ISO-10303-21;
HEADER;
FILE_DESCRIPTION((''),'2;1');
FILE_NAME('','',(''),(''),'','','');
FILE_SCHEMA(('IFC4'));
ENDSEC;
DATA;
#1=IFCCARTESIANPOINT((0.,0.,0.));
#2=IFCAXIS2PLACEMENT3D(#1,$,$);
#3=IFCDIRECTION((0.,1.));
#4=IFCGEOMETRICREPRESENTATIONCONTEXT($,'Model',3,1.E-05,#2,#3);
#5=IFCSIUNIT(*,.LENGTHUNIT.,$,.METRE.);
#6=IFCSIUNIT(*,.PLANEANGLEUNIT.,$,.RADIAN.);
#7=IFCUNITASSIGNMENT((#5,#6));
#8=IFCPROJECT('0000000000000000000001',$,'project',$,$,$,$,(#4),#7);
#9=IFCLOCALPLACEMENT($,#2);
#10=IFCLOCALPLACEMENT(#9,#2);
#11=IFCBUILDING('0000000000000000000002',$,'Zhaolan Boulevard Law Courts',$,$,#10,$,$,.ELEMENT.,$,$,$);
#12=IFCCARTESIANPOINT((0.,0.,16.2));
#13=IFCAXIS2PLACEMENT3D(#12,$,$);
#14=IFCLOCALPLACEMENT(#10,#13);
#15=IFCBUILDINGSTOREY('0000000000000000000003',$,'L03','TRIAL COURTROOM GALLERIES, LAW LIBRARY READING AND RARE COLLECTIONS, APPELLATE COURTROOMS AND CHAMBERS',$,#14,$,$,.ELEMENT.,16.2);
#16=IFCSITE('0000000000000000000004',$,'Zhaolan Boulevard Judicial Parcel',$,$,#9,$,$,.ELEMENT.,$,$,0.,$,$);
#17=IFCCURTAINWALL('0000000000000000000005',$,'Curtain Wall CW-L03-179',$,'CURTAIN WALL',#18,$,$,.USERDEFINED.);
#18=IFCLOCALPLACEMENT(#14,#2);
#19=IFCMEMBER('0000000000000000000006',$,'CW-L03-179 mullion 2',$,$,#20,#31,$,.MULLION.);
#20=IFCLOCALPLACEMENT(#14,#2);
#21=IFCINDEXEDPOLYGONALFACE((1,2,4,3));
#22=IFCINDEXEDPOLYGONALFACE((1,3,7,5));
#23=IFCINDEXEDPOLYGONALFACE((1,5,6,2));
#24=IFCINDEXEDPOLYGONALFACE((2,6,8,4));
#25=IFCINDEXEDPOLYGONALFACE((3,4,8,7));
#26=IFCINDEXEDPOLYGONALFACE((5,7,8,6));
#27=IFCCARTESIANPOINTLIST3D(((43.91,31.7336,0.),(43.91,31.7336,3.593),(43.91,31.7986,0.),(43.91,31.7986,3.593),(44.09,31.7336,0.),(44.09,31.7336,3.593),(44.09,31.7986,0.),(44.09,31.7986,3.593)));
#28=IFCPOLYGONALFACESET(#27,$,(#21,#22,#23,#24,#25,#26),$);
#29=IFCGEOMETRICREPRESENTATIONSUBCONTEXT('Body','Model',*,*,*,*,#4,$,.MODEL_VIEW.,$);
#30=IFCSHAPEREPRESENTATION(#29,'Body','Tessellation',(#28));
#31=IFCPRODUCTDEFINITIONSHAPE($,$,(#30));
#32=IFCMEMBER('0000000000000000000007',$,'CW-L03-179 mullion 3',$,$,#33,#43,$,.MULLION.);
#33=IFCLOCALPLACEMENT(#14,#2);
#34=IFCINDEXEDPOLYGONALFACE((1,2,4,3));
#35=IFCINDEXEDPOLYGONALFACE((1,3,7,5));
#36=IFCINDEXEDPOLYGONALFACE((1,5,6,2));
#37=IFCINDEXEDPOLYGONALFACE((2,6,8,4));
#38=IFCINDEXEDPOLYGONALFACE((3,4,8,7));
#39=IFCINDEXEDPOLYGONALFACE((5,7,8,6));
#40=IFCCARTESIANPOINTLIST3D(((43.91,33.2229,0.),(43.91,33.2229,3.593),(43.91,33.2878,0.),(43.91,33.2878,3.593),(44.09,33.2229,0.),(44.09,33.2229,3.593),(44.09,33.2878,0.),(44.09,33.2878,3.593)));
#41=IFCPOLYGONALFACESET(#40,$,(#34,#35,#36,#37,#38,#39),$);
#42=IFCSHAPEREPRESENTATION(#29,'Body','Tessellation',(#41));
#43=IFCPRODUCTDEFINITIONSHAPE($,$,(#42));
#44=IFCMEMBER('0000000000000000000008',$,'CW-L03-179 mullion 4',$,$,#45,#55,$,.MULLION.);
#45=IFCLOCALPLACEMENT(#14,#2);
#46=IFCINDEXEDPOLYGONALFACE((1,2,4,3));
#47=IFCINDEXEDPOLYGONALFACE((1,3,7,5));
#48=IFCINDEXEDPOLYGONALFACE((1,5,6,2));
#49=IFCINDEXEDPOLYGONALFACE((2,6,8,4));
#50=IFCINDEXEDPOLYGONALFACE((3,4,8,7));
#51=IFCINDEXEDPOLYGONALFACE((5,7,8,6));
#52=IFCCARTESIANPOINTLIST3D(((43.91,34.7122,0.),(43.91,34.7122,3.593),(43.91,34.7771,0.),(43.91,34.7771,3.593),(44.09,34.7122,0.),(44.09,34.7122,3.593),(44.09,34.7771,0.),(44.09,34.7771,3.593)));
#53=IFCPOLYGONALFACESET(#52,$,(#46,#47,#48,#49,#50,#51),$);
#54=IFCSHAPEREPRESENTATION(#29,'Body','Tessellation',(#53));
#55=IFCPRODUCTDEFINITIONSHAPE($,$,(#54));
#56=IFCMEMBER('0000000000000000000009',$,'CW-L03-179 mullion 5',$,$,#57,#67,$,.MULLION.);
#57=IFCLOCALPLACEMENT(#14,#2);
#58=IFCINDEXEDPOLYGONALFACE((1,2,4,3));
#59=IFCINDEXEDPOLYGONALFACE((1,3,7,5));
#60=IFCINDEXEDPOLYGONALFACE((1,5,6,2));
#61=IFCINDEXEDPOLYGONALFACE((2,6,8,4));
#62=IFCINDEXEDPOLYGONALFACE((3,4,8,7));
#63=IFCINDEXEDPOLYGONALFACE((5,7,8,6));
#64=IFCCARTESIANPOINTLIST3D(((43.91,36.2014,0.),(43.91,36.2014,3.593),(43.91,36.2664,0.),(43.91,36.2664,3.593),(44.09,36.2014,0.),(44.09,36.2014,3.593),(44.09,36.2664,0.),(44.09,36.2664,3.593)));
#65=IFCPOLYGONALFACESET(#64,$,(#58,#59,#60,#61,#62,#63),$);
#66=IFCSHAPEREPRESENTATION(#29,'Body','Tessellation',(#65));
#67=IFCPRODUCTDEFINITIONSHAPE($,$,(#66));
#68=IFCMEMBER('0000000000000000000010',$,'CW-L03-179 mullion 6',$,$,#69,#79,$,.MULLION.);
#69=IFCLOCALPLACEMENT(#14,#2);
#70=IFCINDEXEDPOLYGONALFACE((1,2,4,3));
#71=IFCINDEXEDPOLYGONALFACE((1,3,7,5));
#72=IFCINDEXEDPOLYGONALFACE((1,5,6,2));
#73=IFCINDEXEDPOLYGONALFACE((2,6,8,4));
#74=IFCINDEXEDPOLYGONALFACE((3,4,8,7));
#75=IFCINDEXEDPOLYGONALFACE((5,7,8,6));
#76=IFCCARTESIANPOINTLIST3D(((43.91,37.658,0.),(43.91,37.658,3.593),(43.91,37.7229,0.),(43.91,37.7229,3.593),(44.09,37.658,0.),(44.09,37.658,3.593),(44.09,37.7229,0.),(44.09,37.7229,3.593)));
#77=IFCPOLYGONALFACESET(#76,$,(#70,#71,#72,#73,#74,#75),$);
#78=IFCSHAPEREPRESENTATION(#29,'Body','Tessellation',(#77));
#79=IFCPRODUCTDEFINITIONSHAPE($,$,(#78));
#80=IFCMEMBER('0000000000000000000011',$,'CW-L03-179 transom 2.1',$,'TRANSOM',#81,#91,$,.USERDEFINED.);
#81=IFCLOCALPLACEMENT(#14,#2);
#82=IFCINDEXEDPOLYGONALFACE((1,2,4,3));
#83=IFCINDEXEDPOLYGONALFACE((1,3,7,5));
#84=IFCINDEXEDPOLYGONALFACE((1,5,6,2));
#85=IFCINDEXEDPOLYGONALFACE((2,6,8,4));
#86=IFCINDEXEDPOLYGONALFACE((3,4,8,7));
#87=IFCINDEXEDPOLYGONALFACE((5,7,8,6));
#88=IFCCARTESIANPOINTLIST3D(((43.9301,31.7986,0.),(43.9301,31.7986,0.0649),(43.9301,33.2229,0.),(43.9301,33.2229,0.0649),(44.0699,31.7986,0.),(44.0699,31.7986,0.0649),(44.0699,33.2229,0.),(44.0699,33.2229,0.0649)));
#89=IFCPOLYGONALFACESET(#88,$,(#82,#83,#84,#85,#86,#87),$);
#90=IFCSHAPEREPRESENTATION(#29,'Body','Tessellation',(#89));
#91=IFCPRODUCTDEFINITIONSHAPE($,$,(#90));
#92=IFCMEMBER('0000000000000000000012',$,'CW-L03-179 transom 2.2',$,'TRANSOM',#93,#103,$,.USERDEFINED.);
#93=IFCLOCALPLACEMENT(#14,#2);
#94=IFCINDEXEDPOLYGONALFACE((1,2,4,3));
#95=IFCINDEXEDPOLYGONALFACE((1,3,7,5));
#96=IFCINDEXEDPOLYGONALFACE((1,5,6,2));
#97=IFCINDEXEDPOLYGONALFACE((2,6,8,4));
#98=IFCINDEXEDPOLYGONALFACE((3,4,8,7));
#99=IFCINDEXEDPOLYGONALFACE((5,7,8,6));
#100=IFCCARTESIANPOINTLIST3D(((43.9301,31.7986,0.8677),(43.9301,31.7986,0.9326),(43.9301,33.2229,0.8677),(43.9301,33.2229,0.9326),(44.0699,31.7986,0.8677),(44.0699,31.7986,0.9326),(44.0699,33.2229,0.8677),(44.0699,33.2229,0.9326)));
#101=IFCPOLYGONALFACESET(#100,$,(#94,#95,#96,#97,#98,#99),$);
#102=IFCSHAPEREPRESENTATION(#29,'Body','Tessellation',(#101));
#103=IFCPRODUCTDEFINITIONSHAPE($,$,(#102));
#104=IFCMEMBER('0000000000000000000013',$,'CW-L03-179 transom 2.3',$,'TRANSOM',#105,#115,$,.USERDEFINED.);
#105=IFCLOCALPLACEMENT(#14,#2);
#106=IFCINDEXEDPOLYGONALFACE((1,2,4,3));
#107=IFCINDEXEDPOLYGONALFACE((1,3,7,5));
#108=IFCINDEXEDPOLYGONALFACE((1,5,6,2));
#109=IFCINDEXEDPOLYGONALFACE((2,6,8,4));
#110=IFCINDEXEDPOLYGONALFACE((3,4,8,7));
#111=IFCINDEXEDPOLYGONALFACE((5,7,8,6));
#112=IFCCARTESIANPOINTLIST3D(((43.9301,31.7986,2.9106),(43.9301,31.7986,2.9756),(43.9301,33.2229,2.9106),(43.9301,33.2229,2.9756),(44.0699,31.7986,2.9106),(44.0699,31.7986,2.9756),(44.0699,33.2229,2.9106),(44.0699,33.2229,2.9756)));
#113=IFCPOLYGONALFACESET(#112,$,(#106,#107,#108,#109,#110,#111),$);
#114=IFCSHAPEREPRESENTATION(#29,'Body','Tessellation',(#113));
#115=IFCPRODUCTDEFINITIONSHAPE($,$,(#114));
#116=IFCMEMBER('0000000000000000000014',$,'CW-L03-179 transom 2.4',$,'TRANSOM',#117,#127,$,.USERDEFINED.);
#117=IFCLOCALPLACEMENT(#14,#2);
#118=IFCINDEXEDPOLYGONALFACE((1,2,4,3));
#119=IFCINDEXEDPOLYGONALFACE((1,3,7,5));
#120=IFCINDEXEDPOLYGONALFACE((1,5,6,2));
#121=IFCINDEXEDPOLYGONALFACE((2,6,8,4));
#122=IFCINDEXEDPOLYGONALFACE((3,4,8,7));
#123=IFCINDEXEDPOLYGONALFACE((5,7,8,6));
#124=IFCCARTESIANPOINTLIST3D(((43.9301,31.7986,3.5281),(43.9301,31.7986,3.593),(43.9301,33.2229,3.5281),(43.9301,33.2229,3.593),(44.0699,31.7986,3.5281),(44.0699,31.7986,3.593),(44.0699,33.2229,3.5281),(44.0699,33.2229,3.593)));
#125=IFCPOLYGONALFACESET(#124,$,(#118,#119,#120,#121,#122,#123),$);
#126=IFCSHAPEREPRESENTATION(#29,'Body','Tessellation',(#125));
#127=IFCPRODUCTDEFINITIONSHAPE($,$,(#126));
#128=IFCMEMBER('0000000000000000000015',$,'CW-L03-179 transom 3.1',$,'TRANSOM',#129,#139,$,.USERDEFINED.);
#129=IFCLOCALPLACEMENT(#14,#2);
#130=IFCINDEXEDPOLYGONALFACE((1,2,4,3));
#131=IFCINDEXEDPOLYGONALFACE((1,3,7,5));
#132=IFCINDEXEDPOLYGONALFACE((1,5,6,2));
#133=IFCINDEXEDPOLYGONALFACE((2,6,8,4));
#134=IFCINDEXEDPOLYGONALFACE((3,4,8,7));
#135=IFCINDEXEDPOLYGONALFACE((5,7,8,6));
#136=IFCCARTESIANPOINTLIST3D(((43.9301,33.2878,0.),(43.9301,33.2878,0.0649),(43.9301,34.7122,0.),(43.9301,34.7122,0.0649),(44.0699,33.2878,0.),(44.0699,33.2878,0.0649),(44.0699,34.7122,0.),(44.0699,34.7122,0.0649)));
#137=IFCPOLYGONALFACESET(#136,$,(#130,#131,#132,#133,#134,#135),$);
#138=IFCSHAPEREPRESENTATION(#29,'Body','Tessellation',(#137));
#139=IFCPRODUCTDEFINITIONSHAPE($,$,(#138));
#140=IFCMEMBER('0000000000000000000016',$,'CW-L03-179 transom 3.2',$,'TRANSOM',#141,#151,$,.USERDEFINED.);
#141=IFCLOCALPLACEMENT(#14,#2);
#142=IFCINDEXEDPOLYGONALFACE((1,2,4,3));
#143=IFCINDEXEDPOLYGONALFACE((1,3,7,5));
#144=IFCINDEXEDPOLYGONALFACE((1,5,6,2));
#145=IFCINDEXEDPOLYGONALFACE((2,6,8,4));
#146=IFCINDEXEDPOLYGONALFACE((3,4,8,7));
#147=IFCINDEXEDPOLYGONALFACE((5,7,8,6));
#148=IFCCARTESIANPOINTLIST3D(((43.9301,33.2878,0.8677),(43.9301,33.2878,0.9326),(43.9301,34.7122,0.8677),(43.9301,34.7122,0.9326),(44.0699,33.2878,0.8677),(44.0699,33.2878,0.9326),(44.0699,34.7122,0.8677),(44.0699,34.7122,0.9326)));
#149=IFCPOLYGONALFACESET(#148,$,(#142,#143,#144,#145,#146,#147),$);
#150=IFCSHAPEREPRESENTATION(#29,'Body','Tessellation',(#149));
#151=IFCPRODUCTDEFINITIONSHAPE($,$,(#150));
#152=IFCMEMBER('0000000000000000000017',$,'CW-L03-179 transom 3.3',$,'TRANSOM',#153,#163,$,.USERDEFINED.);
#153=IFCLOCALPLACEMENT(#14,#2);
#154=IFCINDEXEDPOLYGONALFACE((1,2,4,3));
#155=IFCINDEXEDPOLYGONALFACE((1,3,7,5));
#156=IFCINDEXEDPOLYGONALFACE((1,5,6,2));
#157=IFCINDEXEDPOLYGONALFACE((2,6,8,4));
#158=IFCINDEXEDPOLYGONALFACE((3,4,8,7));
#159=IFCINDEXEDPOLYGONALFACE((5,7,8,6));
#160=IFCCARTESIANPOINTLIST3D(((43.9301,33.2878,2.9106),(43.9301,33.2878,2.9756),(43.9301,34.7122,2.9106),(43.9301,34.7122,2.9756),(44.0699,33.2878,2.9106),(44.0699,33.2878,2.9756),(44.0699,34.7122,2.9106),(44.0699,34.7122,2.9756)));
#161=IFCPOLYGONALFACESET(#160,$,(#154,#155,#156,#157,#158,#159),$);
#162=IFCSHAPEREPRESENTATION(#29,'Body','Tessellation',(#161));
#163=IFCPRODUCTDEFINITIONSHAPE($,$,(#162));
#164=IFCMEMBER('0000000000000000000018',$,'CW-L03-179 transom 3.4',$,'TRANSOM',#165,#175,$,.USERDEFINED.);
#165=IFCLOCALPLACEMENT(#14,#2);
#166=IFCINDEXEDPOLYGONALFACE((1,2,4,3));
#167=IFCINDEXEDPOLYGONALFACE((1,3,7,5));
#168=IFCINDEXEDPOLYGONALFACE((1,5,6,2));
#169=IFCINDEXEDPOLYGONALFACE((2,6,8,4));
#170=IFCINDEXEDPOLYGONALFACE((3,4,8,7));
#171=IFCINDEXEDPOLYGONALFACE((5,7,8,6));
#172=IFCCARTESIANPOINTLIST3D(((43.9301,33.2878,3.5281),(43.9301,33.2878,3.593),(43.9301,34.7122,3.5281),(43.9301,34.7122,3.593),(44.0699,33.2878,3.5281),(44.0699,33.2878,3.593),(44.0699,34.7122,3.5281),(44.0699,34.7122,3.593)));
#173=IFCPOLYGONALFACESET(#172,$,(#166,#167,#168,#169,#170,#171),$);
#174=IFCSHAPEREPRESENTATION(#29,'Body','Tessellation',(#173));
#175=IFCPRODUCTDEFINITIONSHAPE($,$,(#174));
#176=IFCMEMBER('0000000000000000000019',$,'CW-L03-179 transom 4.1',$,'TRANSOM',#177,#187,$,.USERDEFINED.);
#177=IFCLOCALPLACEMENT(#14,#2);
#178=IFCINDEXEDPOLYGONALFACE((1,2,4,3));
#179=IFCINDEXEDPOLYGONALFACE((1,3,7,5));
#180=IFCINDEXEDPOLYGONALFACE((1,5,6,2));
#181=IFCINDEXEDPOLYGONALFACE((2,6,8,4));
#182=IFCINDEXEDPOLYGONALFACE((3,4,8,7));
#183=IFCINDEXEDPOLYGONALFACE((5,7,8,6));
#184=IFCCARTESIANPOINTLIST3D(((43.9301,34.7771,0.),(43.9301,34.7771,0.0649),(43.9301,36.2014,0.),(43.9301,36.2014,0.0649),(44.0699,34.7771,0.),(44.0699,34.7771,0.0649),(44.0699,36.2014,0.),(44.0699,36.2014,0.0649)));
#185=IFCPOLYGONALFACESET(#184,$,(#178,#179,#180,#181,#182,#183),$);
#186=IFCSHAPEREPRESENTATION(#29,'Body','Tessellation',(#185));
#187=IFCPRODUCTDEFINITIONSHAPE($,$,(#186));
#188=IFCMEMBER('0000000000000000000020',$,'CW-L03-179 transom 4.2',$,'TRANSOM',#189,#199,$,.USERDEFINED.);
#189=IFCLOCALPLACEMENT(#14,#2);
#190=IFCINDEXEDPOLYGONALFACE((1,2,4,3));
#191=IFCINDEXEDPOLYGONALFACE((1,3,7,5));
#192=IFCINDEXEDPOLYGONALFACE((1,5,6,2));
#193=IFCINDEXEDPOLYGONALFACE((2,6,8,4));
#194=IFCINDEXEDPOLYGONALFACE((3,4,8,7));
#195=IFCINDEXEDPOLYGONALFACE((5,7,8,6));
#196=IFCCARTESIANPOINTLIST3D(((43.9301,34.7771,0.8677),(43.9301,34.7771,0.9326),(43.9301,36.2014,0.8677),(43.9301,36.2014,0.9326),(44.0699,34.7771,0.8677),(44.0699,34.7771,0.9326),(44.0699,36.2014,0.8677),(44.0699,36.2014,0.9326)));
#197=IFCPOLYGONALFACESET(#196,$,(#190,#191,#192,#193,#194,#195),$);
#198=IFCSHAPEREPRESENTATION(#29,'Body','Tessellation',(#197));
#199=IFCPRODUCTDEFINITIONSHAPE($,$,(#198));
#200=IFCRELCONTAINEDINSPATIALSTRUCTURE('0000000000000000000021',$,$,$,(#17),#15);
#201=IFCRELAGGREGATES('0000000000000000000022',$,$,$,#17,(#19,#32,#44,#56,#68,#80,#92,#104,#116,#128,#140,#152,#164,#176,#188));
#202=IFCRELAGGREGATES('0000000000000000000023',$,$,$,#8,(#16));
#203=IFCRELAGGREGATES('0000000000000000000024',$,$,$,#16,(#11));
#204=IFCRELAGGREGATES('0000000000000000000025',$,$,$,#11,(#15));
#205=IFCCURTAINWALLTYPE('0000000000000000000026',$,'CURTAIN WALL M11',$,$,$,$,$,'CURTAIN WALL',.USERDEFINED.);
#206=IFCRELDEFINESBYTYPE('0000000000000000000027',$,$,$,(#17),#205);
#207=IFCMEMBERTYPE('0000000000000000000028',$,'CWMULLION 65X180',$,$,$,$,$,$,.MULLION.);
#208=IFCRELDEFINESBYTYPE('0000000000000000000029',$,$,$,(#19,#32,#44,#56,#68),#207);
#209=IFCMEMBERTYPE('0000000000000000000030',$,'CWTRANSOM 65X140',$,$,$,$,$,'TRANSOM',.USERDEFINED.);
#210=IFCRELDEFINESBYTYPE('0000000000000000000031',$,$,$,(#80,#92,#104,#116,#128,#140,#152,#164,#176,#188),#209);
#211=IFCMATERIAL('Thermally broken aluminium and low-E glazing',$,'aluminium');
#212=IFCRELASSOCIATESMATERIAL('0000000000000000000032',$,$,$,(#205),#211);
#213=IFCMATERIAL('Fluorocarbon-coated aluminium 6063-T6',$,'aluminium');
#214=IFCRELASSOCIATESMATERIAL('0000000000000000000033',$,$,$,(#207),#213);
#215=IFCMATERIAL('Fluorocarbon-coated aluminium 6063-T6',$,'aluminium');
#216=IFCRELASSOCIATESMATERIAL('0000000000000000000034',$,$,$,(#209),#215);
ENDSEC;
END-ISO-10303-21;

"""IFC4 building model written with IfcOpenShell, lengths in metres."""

from ifc_helpers import new_model, si_unit, direction, frame, origin, origin_2d, place, context, subcontext, project, spatial, rectangle, extrude, material, material_profile, profile_set, type_object, element, aggregate, save


model = new_model("IFC4")

# Units and contexts
model_context = context("Model", 3, precision=1e-05, world=origin(), true_north=direction((0.0, 1.0)))
body_context = subcontext(model_context, "Body", "Model", "MODEL_VIEW")
ifc_project = project(units=[si_unit("LENGTHUNIT", "METRE"), si_unit("PLANEANGLEUNIT", "RADIAN")], contexts=[model_context])

# Site, building, storey
site_placement = place(None, origin())
site = spatial("IfcSite", under=ifc_project, at=site_placement, Name="Zhaolan Boulevard Judicial Parcel", CompositionType="ELEMENT", RefElevation=0.0)
building_placement = place(site_placement, origin())
building = spatial("IfcBuilding", under=site, at=building_placement, Name="Zhaolan Boulevard Law Courts", CompositionType="ELEMENT")
storey_placement = place(building_placement, frame((0.0, 0.0, 16.2)))
storey = spatial("IfcBuildingStorey", under=building, at=storey_placement, Name="L03", Description="TRIAL COURTROOM GALLERIES, LAW LIBRARY READING AND RARE COLLECTIONS, APPELLATE COURTROOMS AND CHAMBERS", CompositionType="ELEMENT", Elevation=16.2)

# Curtain wall, members
ifc_material_1 = material(Name="Thermally broken aluminium and low-E glazing", Category="aluminium")
curtain_wall_type = type_object("IfcCurtainWallType", Name="CURTAIN WALL M11", ElementType="CURTAIN WALL", PredefinedType="USERDEFINED", material=ifc_material_1)
curtain_wall_placement = place(storey_placement, origin())
curtain_wall = element("IfcCurtainWall", 1, at=curtain_wall_placement, inside=storey, type_object=curtain_wall_type, Name="Curtain Wall CW-L03-179", ObjectType="CURTAIN WALL", PredefinedType="USERDEFINED")
ifc_material_2 = material(Name="Fluorocarbon-coated aluminium 6063-T6", Category="aluminium")
ifc_material_profile_1 = material_profile(ifc_material_2, rectangle(XDim=0.1799, YDim=0.0649, at=origin_2d()), Name="AL65x180")
ifc_profile_set_1 = profile_set([ifc_material_profile_1], Name="Fluorocarbon-coated aluminium 6063-T6")
member_type_1 = type_object("IfcMemberType", Name="CWMULLION 65X180", PredefinedType="MULLION", material=ifc_profile_set_1)
member_1_placement = place(storey_placement, frame((44.0, 31.7661, 0.0), z_axis=(0.0, 0.0, 1.0), x_axis=(-1.0, 0.0, 0.0)))
member_1 = element("IfcMember", 2, at=member_1_placement, type_object=member_type_1, Name="CW-L03-179 mullion 2", PredefinedType="MULLION", context=body_context, shape_type="SweptSolid", body=[
    extrude(rectangle(XDim=0.1799, YDim=0.0649, at=origin_2d()), origin(), (0.0, 0.0, 1.0), 3.593),
])
member_2_placement = place(storey_placement, frame((44.0, 33.2554, 0.0), z_axis=(0.0, 0.0, 1.0), x_axis=(-1.0, 0.0, 0.0)))
member_2 = element("IfcMember", 3, at=member_2_placement, type_object=member_type_1, Name="CW-L03-179 mullion 3", PredefinedType="MULLION", context=body_context, shape_type="SweptSolid", body=[
    extrude(rectangle(XDim=0.1799, YDim=0.0649, at=origin_2d()), origin(), (0.0, 0.0, 1.0), 3.593),
])
member_3_placement = place(storey_placement, frame((44.0, 34.7446, 0.0), z_axis=(0.0, 0.0, 1.0), x_axis=(-1.0, 0.0, 0.0)))
member_3 = element("IfcMember", 4, at=member_3_placement, type_object=member_type_1, Name="CW-L03-179 mullion 4", PredefinedType="MULLION", context=body_context, shape_type="SweptSolid", body=[
    extrude(rectangle(XDim=0.1799, YDim=0.0649, at=origin_2d()), origin(), (0.0, 0.0, 1.0), 3.593),
])
member_4_placement = place(storey_placement, frame((44.0, 36.2339, 0.0), z_axis=(0.0, 0.0, 1.0), x_axis=(-1.0, 0.0, 0.0)))
member_4 = element("IfcMember", 5, at=member_4_placement, type_object=member_type_1, Name="CW-L03-179 mullion 5", PredefinedType="MULLION", context=body_context, shape_type="SweptSolid", body=[
    extrude(rectangle(XDim=0.1799, YDim=0.0649, at=origin_2d()), origin(), (0.0, 0.0, 1.0), 3.593),
])
member_5_placement = place(storey_placement, frame((44.0, 37.6904, 0.0), z_axis=(0.0, 0.0, 1.0), x_axis=(-1.0, 0.0, 0.0)))
member_5 = element("IfcMember", 6, at=member_5_placement, type_object=member_type_1, Name="CW-L03-179 mullion 6", PredefinedType="MULLION", context=body_context, shape_type="SweptSolid", body=[
    extrude(rectangle(XDim=0.1799, YDim=0.0649, at=origin_2d()), origin(), (0.0, 0.0, 1.0), 3.593),
])
ifc_material_3 = material(Name="Fluorocarbon-coated aluminium 6063-T6", Category="aluminium")
ifc_material_profile_2 = material_profile(ifc_material_3, rectangle(XDim=0.1399, YDim=0.0649, at=origin_2d()), Name="AL65x140")
ifc_profile_set_2 = profile_set([ifc_material_profile_2], Name="Fluorocarbon-coated aluminium 6063-T6")
member_type_2 = type_object("IfcMemberType", Name="CWTRANSOM 65X140", ElementType="TRANSOM", PredefinedType="USERDEFINED", material=ifc_profile_set_2)
member_6_placement = place(storey_placement, frame((44.0, 31.7986, 0.0325), z_axis=(0.0, 1.0, 0.0), x_axis=(-1.0, 0.0, 0.0)))
member_6 = element("IfcMember", 7, at=member_6_placement, type_object=member_type_2, Name="CW-L03-179 transom 2.1", ObjectType="TRANSOM", PredefinedType="USERDEFINED", context=body_context, shape_type="SweptSolid", body=[
    extrude(rectangle(XDim=0.1399, YDim=0.0649, at=origin_2d()), origin(), (0.0, 0.0, 1.0), 1.4243),
])
member_7_placement = place(storey_placement, frame((44.0, 31.7986, 0.9001), z_axis=(0.0, 1.0, 0.0), x_axis=(-1.0, 0.0, 0.0)))
member_7 = element("IfcMember", 8, at=member_7_placement, type_object=member_type_2, Name="CW-L03-179 transom 2.2", ObjectType="TRANSOM", PredefinedType="USERDEFINED", context=body_context, shape_type="SweptSolid", body=[
    extrude(rectangle(XDim=0.1399, YDim=0.0649, at=origin_2d()), origin(), (0.0, 0.0, 1.0), 1.4243),
])
member_8_placement = place(storey_placement, frame((44.0, 31.7986, 2.9431), z_axis=(0.0, 1.0, 0.0), x_axis=(-1.0, 0.0, 0.0)))
member_8 = element("IfcMember", 9, at=member_8_placement, type_object=member_type_2, Name="CW-L03-179 transom 2.3", ObjectType="TRANSOM", PredefinedType="USERDEFINED", context=body_context, shape_type="SweptSolid", body=[
    extrude(rectangle(XDim=0.1399, YDim=0.0649, at=origin_2d()), origin(), (0.0, 0.0, 1.0), 1.4243),
])
member_9_placement = place(storey_placement, frame((44.0, 31.7986, 3.5605), z_axis=(0.0, 1.0, 0.0), x_axis=(-1.0, 0.0, 0.0)))
member_9 = element("IfcMember", 10, at=member_9_placement, type_object=member_type_2, Name="CW-L03-179 transom 2.4", ObjectType="TRANSOM", PredefinedType="USERDEFINED", context=body_context, shape_type="SweptSolid", body=[
    extrude(rectangle(XDim=0.1399, YDim=0.0649, at=origin_2d()), origin(), (0.0, 0.0, 1.0), 1.4243),
])
member_10_placement = place(storey_placement, frame((44.0, 33.2878, 0.0325), z_axis=(0.0, 1.0, 0.0), x_axis=(-1.0, 0.0, 0.0)))
member_10 = element("IfcMember", 11, at=member_10_placement, type_object=member_type_2, Name="CW-L03-179 transom 3.1", ObjectType="TRANSOM", PredefinedType="USERDEFINED", context=body_context, shape_type="SweptSolid", body=[
    extrude(rectangle(XDim=0.1399, YDim=0.0649, at=origin_2d()), origin(), (0.0, 0.0, 1.0), 1.4243),
])
member_11_placement = place(storey_placement, frame((44.0, 33.2878, 0.9001), z_axis=(0.0, 1.0, 0.0), x_axis=(-1.0, 0.0, 0.0)))
member_11 = element("IfcMember", 12, at=member_11_placement, type_object=member_type_2, Name="CW-L03-179 transom 3.2", ObjectType="TRANSOM", PredefinedType="USERDEFINED", context=body_context, shape_type="SweptSolid", body=[
    extrude(rectangle(XDim=0.1399, YDim=0.0649, at=origin_2d()), origin(), (0.0, 0.0, 1.0), 1.4243),
])
member_12_placement = place(storey_placement, frame((44.0, 33.2878, 2.9431), z_axis=(0.0, 1.0, 0.0), x_axis=(-1.0, 0.0, 0.0)))
member_12 = element("IfcMember", 13, at=member_12_placement, type_object=member_type_2, Name="CW-L03-179 transom 3.3", ObjectType="TRANSOM", PredefinedType="USERDEFINED", context=body_context, shape_type="SweptSolid", body=[
    extrude(rectangle(XDim=0.1399, YDim=0.0649, at=origin_2d()), origin(), (0.0, 0.0, 1.0), 1.4243),
])
member_13_placement = place(storey_placement, frame((44.0, 33.2878, 3.5605), z_axis=(0.0, 1.0, 0.0), x_axis=(-1.0, 0.0, 0.0)))
member_13 = element("IfcMember", 14, at=member_13_placement, type_object=member_type_2, Name="CW-L03-179 transom 3.4", ObjectType="TRANSOM", PredefinedType="USERDEFINED", context=body_context, shape_type="SweptSolid", body=[
    extrude(rectangle(XDim=0.1399, YDim=0.0649, at=origin_2d()), origin(), (0.0, 0.0, 1.0), 1.4243),
])
member_14_placement = place(storey_placement, frame((44.0, 34.7771, 0.0325), z_axis=(0.0, 1.0, 0.0), x_axis=(-1.0, 0.0, 0.0)))
member_14 = element("IfcMember", 15, at=member_14_placement, type_object=member_type_2, Name="CW-L03-179 transom 4.1", ObjectType="TRANSOM", PredefinedType="USERDEFINED", context=body_context, shape_type="SweptSolid", body=[
    extrude(rectangle(XDim=0.1399, YDim=0.0649, at=origin_2d()), origin(), (0.0, 0.0, 1.0), 1.4243),
])
member_15_placement = place(storey_placement, frame((44.0, 34.7771, 0.9001), z_axis=(0.0, 1.0, 0.0), x_axis=(-1.0, 0.0, 0.0)))
member_15 = element("IfcMember", 16, at=member_15_placement, type_object=member_type_2, Name="CW-L03-179 transom 4.2", ObjectType="TRANSOM", PredefinedType="USERDEFINED", context=body_context, shape_type="SweptSolid", body=[
    extrude(rectangle(XDim=0.1399, YDim=0.0649, at=origin_2d()), origin(), (0.0, 0.0, 1.0), 1.4243),
])
aggregate(curtain_wall, [member_1, member_2, member_3, member_4, member_5, member_6, member_7, member_8, member_9, member_10, member_11, member_12, member_13, member_14, member_15])

save(model, "model.ifc")
